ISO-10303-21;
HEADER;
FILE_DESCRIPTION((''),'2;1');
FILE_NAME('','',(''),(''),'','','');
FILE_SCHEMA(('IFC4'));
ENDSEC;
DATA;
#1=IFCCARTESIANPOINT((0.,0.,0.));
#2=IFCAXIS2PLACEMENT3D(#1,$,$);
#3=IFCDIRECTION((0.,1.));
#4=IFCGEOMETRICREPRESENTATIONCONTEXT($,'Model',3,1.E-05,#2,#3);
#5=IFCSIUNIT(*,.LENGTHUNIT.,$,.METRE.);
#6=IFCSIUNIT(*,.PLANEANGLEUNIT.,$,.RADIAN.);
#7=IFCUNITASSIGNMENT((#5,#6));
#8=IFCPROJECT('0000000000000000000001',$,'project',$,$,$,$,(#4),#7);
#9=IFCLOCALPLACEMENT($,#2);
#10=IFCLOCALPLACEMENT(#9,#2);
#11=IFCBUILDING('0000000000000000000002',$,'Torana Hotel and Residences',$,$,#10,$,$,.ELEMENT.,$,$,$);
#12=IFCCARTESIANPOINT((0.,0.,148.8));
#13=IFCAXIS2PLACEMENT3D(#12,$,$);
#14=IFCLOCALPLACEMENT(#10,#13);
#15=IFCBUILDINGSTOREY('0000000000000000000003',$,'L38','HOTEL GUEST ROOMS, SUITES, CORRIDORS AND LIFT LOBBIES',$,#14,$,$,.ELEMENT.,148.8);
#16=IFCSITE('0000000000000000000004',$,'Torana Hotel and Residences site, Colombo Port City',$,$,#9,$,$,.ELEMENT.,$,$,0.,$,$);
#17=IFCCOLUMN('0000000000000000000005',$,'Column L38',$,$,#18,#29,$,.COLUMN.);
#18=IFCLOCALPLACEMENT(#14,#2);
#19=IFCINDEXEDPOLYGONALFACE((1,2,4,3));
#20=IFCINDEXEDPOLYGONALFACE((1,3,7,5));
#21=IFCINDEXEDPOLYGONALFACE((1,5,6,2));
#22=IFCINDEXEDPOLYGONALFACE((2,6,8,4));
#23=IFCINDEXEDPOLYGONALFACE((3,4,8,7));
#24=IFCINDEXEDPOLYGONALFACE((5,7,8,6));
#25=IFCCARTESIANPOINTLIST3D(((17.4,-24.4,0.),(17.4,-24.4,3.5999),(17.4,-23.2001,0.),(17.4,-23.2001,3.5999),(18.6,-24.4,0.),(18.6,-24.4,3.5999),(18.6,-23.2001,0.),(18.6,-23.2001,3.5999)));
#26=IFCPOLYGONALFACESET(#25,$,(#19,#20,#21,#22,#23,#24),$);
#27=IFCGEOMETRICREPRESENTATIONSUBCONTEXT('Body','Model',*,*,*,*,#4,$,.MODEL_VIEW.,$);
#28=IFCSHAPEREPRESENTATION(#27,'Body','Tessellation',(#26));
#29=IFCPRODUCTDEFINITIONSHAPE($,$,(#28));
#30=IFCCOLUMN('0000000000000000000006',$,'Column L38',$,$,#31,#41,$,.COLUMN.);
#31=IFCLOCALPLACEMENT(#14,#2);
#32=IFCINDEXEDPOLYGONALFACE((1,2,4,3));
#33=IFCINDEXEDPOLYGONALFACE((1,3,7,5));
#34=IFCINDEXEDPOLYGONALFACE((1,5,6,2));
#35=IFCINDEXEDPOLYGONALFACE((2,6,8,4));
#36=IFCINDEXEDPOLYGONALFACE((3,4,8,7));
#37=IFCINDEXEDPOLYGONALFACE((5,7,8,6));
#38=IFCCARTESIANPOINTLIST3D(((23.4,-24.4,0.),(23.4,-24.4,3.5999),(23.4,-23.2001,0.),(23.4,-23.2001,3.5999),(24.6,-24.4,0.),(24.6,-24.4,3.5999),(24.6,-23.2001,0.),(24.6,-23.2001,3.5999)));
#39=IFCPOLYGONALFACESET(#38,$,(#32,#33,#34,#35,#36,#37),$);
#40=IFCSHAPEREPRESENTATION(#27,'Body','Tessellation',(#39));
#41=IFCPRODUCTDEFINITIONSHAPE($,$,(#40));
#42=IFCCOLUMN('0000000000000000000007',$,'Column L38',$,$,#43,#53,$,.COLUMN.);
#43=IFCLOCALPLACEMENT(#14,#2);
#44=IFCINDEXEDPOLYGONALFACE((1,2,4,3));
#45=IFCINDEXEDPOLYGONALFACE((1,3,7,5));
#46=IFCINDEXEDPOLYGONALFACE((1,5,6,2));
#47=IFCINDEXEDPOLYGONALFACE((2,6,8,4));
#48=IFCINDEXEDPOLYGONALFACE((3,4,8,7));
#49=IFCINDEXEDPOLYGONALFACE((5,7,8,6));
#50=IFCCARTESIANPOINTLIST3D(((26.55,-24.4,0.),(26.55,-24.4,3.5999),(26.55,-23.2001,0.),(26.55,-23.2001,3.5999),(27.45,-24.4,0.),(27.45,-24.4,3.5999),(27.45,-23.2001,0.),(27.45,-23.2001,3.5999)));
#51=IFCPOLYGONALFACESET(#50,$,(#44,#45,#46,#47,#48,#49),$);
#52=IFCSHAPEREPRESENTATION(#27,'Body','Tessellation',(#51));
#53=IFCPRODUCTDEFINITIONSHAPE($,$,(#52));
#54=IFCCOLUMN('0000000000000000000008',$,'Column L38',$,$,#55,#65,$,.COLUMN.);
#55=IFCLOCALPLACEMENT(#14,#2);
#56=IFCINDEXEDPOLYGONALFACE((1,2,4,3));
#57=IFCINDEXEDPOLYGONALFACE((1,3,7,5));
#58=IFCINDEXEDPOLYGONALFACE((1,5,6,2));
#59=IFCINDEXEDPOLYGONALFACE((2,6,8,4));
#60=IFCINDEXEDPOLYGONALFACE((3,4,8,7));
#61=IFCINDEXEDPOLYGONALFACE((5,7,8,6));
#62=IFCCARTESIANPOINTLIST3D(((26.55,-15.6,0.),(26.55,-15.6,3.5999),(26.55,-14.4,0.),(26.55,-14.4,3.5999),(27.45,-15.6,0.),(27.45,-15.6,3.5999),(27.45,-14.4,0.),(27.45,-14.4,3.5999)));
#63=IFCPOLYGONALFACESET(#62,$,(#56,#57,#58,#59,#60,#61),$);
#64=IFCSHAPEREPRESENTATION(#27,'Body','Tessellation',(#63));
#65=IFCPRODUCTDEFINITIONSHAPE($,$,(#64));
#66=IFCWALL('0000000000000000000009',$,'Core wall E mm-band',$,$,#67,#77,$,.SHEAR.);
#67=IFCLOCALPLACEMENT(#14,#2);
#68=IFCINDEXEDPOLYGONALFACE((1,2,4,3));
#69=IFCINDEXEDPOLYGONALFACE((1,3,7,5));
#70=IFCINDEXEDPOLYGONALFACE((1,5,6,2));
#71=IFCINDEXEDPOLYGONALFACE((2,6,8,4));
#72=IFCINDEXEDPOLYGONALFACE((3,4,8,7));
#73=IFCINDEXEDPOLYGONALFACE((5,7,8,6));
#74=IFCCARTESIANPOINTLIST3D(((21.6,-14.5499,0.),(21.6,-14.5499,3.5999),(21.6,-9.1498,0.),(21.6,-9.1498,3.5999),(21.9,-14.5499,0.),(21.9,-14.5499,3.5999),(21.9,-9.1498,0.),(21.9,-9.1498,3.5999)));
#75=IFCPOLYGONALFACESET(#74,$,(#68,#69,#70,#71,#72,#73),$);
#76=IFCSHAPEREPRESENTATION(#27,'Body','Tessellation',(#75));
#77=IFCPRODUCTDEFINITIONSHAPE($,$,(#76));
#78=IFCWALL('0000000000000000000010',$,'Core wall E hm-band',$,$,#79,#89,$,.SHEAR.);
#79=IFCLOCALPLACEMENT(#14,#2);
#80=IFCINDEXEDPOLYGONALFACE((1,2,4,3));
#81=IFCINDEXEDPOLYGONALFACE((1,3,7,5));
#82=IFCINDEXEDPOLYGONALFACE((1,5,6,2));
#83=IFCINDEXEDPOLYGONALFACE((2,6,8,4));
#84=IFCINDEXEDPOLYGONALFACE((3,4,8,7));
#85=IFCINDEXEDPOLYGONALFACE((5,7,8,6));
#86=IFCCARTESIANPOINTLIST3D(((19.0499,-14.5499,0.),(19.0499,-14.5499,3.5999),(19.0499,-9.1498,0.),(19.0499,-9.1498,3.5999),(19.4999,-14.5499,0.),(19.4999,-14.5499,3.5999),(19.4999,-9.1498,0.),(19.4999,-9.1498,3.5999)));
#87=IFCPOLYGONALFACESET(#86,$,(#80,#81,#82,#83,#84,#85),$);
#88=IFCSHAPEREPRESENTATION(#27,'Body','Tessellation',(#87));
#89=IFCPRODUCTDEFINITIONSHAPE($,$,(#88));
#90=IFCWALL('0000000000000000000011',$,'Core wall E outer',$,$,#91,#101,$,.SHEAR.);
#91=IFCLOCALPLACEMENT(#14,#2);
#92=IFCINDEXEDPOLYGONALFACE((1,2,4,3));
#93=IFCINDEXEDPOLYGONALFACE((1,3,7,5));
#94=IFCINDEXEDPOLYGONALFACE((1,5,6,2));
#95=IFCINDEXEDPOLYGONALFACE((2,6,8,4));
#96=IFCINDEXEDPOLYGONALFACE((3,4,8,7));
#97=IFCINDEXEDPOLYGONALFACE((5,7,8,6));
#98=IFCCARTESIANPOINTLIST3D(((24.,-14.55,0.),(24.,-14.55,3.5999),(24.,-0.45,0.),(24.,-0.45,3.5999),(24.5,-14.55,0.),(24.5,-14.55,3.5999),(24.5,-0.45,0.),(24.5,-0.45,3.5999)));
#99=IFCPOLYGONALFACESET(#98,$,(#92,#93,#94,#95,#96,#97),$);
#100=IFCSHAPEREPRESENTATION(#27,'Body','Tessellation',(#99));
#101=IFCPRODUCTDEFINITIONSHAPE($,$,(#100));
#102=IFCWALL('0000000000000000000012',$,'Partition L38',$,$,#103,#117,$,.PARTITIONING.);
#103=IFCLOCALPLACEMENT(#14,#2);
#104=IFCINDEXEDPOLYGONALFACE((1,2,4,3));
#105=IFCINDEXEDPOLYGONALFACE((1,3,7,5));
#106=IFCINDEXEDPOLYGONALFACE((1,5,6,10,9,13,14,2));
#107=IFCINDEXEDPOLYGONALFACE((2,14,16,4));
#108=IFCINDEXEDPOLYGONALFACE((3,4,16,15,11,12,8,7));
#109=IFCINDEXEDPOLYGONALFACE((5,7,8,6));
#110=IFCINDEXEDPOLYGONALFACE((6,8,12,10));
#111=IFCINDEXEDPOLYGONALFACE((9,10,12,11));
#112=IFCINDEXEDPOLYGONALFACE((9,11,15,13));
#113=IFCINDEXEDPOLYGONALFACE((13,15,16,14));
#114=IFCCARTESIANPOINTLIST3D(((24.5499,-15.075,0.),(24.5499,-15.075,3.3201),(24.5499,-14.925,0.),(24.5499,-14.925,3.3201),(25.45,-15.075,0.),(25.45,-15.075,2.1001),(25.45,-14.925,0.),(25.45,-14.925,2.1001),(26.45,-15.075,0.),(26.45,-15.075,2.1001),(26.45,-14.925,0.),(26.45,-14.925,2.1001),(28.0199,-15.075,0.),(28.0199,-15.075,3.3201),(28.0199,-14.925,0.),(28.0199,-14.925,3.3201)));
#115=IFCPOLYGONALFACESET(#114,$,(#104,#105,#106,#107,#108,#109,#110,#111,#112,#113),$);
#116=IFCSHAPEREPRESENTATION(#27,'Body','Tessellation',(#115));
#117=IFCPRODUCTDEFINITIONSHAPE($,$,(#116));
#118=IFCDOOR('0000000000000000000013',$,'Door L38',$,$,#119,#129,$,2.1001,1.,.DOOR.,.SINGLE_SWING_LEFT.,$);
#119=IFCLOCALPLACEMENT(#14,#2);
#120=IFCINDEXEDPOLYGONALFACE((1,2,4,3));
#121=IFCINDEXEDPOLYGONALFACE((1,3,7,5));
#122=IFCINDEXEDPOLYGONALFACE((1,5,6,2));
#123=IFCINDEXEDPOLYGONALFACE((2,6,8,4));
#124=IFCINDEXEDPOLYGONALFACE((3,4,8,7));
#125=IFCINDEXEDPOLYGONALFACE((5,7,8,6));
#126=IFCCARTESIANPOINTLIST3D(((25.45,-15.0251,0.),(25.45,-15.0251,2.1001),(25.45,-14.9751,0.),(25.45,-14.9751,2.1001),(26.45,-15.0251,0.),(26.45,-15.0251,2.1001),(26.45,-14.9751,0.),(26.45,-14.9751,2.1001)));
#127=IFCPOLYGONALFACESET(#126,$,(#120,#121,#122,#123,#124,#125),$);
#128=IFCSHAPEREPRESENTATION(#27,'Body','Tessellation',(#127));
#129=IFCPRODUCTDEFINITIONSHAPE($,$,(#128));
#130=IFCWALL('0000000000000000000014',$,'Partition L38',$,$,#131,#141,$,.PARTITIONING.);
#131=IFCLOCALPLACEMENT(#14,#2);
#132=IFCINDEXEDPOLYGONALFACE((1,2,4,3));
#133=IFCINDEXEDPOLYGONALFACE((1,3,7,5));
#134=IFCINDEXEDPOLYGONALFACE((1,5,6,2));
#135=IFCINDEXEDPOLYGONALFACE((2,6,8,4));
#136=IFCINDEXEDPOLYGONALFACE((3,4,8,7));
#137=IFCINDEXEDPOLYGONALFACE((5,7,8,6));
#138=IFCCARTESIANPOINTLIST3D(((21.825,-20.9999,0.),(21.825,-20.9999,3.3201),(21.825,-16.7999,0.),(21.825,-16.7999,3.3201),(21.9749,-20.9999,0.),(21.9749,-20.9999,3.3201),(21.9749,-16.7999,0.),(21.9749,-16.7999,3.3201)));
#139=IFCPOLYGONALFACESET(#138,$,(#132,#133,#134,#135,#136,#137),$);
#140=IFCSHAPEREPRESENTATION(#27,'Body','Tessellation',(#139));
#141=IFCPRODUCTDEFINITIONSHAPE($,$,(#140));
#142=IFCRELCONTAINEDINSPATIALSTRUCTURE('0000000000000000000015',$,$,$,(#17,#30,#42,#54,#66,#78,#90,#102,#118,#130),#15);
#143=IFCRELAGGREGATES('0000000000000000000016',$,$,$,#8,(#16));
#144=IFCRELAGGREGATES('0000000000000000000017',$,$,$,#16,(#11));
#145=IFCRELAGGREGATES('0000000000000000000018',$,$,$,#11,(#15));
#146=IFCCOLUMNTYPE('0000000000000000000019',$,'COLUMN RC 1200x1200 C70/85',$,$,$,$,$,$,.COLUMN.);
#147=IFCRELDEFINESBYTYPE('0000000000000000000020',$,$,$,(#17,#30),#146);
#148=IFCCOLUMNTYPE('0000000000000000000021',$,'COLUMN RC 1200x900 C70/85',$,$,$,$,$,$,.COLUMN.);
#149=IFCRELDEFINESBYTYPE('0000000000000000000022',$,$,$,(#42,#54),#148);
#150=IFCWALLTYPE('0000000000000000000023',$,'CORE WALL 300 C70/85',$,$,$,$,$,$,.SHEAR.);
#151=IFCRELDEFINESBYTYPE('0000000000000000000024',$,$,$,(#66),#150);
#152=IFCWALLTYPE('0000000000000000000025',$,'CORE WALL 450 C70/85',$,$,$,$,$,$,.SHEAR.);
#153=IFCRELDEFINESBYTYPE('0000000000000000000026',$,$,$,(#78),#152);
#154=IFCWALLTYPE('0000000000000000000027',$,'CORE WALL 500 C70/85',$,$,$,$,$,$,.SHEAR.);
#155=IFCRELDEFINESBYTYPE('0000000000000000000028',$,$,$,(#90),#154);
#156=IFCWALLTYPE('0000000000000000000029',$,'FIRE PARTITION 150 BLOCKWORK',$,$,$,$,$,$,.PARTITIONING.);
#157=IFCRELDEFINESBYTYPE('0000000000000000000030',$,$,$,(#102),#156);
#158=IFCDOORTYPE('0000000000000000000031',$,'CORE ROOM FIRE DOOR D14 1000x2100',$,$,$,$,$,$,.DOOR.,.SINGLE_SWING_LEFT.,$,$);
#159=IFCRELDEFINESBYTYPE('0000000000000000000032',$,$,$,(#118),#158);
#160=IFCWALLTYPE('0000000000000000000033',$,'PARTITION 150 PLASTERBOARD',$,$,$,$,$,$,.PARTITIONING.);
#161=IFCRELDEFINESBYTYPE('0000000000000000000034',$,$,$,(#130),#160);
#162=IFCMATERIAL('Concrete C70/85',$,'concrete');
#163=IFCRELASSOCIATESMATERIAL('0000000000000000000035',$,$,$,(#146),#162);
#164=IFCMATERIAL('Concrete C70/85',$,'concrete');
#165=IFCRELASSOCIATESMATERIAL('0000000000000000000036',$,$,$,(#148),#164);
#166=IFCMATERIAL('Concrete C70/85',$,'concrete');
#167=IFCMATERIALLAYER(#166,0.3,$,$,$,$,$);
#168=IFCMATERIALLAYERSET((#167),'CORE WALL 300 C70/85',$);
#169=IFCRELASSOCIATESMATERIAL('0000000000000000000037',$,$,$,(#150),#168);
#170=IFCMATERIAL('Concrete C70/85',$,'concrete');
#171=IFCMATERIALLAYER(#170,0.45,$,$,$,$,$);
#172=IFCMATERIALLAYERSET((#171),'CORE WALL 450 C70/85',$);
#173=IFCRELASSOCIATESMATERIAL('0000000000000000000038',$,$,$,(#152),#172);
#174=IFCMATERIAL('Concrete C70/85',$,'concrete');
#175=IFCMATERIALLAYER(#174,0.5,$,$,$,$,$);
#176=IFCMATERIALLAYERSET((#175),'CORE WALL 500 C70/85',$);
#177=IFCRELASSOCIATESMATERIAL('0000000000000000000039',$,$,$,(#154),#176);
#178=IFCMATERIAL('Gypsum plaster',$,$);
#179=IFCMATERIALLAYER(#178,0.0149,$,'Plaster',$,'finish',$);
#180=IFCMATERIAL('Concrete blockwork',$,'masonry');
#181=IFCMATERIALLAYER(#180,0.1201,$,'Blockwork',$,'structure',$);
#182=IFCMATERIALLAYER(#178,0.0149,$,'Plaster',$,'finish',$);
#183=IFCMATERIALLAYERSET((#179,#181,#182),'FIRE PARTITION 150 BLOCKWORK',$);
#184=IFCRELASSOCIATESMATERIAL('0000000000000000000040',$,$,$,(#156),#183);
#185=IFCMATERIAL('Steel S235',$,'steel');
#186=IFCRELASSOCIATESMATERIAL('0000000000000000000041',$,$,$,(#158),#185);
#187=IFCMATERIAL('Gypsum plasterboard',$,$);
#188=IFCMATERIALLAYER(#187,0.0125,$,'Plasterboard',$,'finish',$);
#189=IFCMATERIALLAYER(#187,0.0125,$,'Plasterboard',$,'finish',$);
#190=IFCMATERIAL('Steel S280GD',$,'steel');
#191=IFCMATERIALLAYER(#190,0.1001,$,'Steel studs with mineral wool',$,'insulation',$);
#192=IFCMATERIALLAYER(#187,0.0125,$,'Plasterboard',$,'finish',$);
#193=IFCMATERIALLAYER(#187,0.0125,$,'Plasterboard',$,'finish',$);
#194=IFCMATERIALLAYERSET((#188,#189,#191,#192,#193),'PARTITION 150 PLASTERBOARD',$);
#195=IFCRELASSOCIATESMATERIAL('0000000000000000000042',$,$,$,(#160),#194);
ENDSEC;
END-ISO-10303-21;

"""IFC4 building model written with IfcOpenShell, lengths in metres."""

from ifc_helpers import new_model, si_unit, direction, frame, frame_2d, origin, origin_2d, place, context, subcontext, project, spatial, rectangle, extrude, material, layer, layer_set, material_profile, profile_set, type_object, element, fill, save


model = new_model("IFC4")

# Units and contexts
model_context = context("Model", 3, precision=1e-05, world=origin(), true_north=direction((0.0, 1.0)))
body_context = subcontext(model_context, "Body", "Model", "MODEL_VIEW")
ifc_project = project(units=[si_unit("LENGTHUNIT", "METRE"), si_unit("PLANEANGLEUNIT", "RADIAN")], contexts=[model_context])

# Site, building, storey
site_placement = place(None, origin())
site = spatial("IfcSite", under=ifc_project, at=site_placement, Name="Torana Hotel and Residences site, Colombo Port City", CompositionType="ELEMENT", RefElevation=0.0)
building_placement = place(site_placement, origin())
building = spatial("IfcBuilding", under=site, at=building_placement, Name="Torana Hotel and Residences", CompositionType="ELEMENT")
storey_placement = place(building_placement, frame((0.0, 0.0, 148.8)))
storey = spatial("IfcBuildingStorey", under=building, at=storey_placement, Name="L38", Description="HOTEL GUEST ROOMS, SUITES, CORRIDORS AND LIFT LOBBIES", CompositionType="ELEMENT", Elevation=148.8)

# Columns
ifc_material_1 = material(Name="Concrete C70/85", Category="concrete")
ifc_material_profile_1 = material_profile(ifc_material_1, rectangle(XDim=1.2, YDim=1.2, at=origin_2d()), Name="RC 1200x1200")
ifc_profile_set_1 = profile_set([ifc_material_profile_1], Name="Concrete C70/85")
column_type_1 = type_object("IfcColumnType", Name="COLUMN RC 1200x1200 C70/85", PredefinedType="COLUMN", material=ifc_profile_set_1)
for number, where, z_axis, x_axis, name in (
    (1, (18.0, -23.8, 0.0), (0.0, 0.0, 1.0), (1.0, 0.0, 0.0), "Column L38"),
    (2, (24.0, -23.8, 0.0), (0.0, 0.0, 1.0), (1.0, 0.0, 0.0), "Column L38"),
):
    element("IfcColumn", number, at=place(storey_placement, frame(where, z_axis=z_axis, x_axis=x_axis)), inside=storey, type_object=column_type_1, Name=name, PredefinedType="COLUMN", context=body_context, shape_type="SweptSolid", body=[
        extrude(rectangle(XDim=1.2, YDim=1.2, at=origin_2d()), origin(), (0.0, 0.0, 1.0), 3.5999),
    ])
ifc_material_2 = material(Name="Concrete C70/85", Category="concrete")
ifc_material_profile_2 = material_profile(ifc_material_2, rectangle(XDim=1.2, YDim=0.8999, at=origin_2d()), Name="RC 1200x900")
ifc_profile_set_2 = profile_set([ifc_material_profile_2], Name="Concrete C70/85")
column_type_2 = type_object("IfcColumnType", Name="COLUMN RC 1200x900 C70/85", PredefinedType="COLUMN", material=ifc_profile_set_2)
for number, where, z_axis, x_axis, name in (
    (3, (27.0, -23.8, 0.0), (0.0, 0.0, 1.0), (0.0, 1.0, 0.0), "Column L38"),
    (4, (27.0, -15.0, 0.0), (0.0, 0.0, 1.0), (0.0, 1.0, 0.0), "Column L38"),
):
    element("IfcColumn", number, at=place(storey_placement, frame(where, z_axis=z_axis, x_axis=x_axis)), inside=storey, type_object=column_type_2, Name=name, PredefinedType="COLUMN", context=body_context, shape_type="SweptSolid", body=[
        extrude(rectangle(XDim=1.2, YDim=0.8999, at=origin_2d()), origin(), (0.0, 0.0, 1.0), 3.5999),
    ])

# Walls
ifc_material_3 = material(Name="Concrete C70/85", Category="concrete")
ifc_layer_1 = layer(ifc_material_3, 0.3)
ifc_layer_set_1 = layer_set([ifc_layer_1], Name="CORE WALL 300 C70/85")
wall_type_1 = type_object("IfcWallType", Name="CORE WALL 300 C70/85", PredefinedType="SHEAR", material=ifc_layer_set_1)
wall_1_placement = place(storey_placement, frame((21.75, -14.55, 0.0), z_axis=(0.0, 0.0, 1.0), x_axis=(0.0, 1.0, 0.0)))
element("IfcWall", 5, at=wall_1_placement, inside=storey, type_object=wall_type_1, Name="Core wall E mm-band", PredefinedType="SHEAR", context=body_context, shape_type="SweptSolid", body=[
    extrude(rectangle(XDim=5.4001, YDim=0.3, at=frame_2d((2.7002, 0.0))), origin(), (0.0, 0.0, 1.0), 3.5999),
])
ifc_material_4 = material(Name="Concrete C70/85", Category="concrete")
ifc_layer_2 = layer(ifc_material_4, 0.45)
ifc_layer_set_2 = layer_set([ifc_layer_2], Name="CORE WALL 450 C70/85")
wall_type_2 = type_object("IfcWallType", Name="CORE WALL 450 C70/85", PredefinedType="SHEAR", material=ifc_layer_set_2)
wall_2_placement = place(storey_placement, frame((19.2749, -14.55, 0.0), z_axis=(0.0, 0.0, 1.0), x_axis=(0.0, 1.0, 0.0)))
element("IfcWall", 6, at=wall_2_placement, inside=storey, type_object=wall_type_2, Name="Core wall E hm-band", PredefinedType="SHEAR", context=body_context, shape_type="SweptSolid", body=[
    extrude(rectangle(XDim=5.4001, YDim=0.45, at=frame_2d((2.7002, 0.0))), origin(), (0.0, 0.0, 1.0), 3.5999),
])
ifc_material_5 = material(Name="Concrete C70/85", Category="concrete")
ifc_layer_3 = layer(ifc_material_5, 0.5)
ifc_layer_set_3 = layer_set([ifc_layer_3], Name="CORE WALL 500 C70/85")
wall_type_3 = type_object("IfcWallType", Name="CORE WALL 500 C70/85", PredefinedType="SHEAR", material=ifc_layer_set_3)
wall_3_placement = place(storey_placement, frame((24.25, -14.55, 0.0), z_axis=(0.0, 0.0, 1.0), x_axis=(0.0, 1.0, 0.0)))
element("IfcWall", 7, at=wall_3_placement, inside=storey, type_object=wall_type_3, Name="Core wall E outer", PredefinedType="SHEAR", context=body_context, shape_type="SweptSolid", body=[
    extrude(rectangle(XDim=14.1001, YDim=0.5, at=frame_2d((7.05, 0.0))), origin(), (0.0, 0.0, 1.0), 3.5999),
])

# Wall, opening, door
ifc_material_6 = material(Name="Gypsum plaster")
ifc_layer_4 = layer(ifc_material_6, 0.0149, Name="Plaster", Category="finish")
ifc_material_7 = material(Name="Concrete blockwork", Category="masonry")
ifc_layer_5 = layer(ifc_material_7, 0.1201, Name="Blockwork", Category="structure")
ifc_layer_6 = layer(ifc_material_6, 0.0149, Name="Plaster", Category="finish")
ifc_layer_set_4 = layer_set([ifc_layer_4, ifc_layer_5, ifc_layer_6], Name="FIRE PARTITION 150 BLOCKWORK")
wall_type_4 = type_object("IfcWallType", Name="FIRE PARTITION 150 BLOCKWORK", PredefinedType="PARTITIONING", material=ifc_layer_set_4)
wall_4_placement = place(storey_placement, frame((24.55, -15.0, 0.0), z_axis=(0.0, 0.0, 1.0), x_axis=(1.0, 0.0, 0.0)))
wall_4 = element("IfcWall", 8, at=wall_4_placement, inside=storey, type_object=wall_type_4, Name="Partition L38", PredefinedType="PARTITIONING", context=body_context, shape_type="SweptSolid", body=[
    extrude(rectangle(XDim=3.47, YDim=0.1499, at=frame_2d((1.7349, 0.0))), origin(), (0.0, 0.0, 1.0), 3.3201),
])
opening_1_placement = place(wall_4_placement, frame((0.8999, 0.0, 0.0)))
opening_1 = element("IfcOpeningElement", 9, at=opening_1_placement, cuts=wall_4, PredefinedType="OPENING", context=body_context, shape_type="SweptSolid", body=[
    extrude(rectangle(XDim=1.0, YDim=2.1001, at=frame_2d((0.5, 1.05))), frame((0.0, 0.085, 0.0), z_axis=(0.0, -1.0, 0.0), x_axis=(1.0, 0.0, 0.0)), (0.0, 0.0, 1.0), 0.1699),
])
ifc_material_8 = material(Name="Steel S235", Category="steel")
door_type_1 = type_object("IfcDoorType", Name="CORE ROOM FIRE DOOR D14 1000x2100", OperationType="SINGLE_SWING_LEFT", PredefinedType="DOOR", material=ifc_material_8)
door_1_placement = place(opening_1_placement, origin())
door_1 = element("IfcDoor", 10, at=door_1_placement, inside=storey, type_object=door_type_1, Name="Door L38", OperationType="SINGLE_SWING_LEFT", OverallHeight=2.1001, OverallWidth=1.0, PredefinedType="DOOR", context=body_context, shape_type="SweptSolid", body=[
    extrude(rectangle(XDim=1.0, YDim=2.1001, at=frame_2d((0.5, 1.05))), frame((0.0, 0.0249, 0.0), z_axis=(0.0, -1.0, 0.0), x_axis=(1.0, 0.0, 0.0)), (0.0, 0.0, 1.0), 0.05),
])
fill(opening_1, door_1)

# Wall
ifc_material_9 = material(Name="Gypsum plasterboard")
ifc_layer_7 = layer(ifc_material_9, 0.0125, Name="Plasterboard", Category="finish")
ifc_layer_8 = layer(ifc_material_9, 0.0125, Name="Plasterboard", Category="finish")
ifc_material_10 = material(Name="Steel S280GD", Category="steel")
ifc_layer_9 = layer(ifc_material_10, 0.1001, Name="Steel studs with mineral wool", Category="insulation")
ifc_layer_10 = layer(ifc_material_9, 0.0125, Name="Plasterboard", Category="finish")
ifc_layer_11 = layer(ifc_material_9, 0.0125, Name="Plasterboard", Category="finish")
ifc_layer_set_5 = layer_set([ifc_layer_7, ifc_layer_8, ifc_layer_9, ifc_layer_10, ifc_layer_11], Name="PARTITION 150 PLASTERBOARD")
wall_type_5 = type_object("IfcWallType", Name="PARTITION 150 PLASTERBOARD", PredefinedType="PARTITIONING", material=ifc_layer_set_5)
wall_5_placement = place(storey_placement, frame((21.8999, -21.0, 0.0), z_axis=(0.0, 0.0, 1.0), x_axis=(0.0, 1.0, 0.0)))
element("IfcWall", 11, at=wall_5_placement, inside=storey, type_object=wall_type_5, Name="Partition L38", PredefinedType="PARTITIONING", context=body_context, shape_type="SweptSolid", body=[
    extrude(rectangle(XDim=4.2, YDim=0.1499, at=frame_2d((2.1001, 0.0))), origin(), (0.0, 0.0, 1.0), 3.3201),
])

save(model, "model.ifc")
